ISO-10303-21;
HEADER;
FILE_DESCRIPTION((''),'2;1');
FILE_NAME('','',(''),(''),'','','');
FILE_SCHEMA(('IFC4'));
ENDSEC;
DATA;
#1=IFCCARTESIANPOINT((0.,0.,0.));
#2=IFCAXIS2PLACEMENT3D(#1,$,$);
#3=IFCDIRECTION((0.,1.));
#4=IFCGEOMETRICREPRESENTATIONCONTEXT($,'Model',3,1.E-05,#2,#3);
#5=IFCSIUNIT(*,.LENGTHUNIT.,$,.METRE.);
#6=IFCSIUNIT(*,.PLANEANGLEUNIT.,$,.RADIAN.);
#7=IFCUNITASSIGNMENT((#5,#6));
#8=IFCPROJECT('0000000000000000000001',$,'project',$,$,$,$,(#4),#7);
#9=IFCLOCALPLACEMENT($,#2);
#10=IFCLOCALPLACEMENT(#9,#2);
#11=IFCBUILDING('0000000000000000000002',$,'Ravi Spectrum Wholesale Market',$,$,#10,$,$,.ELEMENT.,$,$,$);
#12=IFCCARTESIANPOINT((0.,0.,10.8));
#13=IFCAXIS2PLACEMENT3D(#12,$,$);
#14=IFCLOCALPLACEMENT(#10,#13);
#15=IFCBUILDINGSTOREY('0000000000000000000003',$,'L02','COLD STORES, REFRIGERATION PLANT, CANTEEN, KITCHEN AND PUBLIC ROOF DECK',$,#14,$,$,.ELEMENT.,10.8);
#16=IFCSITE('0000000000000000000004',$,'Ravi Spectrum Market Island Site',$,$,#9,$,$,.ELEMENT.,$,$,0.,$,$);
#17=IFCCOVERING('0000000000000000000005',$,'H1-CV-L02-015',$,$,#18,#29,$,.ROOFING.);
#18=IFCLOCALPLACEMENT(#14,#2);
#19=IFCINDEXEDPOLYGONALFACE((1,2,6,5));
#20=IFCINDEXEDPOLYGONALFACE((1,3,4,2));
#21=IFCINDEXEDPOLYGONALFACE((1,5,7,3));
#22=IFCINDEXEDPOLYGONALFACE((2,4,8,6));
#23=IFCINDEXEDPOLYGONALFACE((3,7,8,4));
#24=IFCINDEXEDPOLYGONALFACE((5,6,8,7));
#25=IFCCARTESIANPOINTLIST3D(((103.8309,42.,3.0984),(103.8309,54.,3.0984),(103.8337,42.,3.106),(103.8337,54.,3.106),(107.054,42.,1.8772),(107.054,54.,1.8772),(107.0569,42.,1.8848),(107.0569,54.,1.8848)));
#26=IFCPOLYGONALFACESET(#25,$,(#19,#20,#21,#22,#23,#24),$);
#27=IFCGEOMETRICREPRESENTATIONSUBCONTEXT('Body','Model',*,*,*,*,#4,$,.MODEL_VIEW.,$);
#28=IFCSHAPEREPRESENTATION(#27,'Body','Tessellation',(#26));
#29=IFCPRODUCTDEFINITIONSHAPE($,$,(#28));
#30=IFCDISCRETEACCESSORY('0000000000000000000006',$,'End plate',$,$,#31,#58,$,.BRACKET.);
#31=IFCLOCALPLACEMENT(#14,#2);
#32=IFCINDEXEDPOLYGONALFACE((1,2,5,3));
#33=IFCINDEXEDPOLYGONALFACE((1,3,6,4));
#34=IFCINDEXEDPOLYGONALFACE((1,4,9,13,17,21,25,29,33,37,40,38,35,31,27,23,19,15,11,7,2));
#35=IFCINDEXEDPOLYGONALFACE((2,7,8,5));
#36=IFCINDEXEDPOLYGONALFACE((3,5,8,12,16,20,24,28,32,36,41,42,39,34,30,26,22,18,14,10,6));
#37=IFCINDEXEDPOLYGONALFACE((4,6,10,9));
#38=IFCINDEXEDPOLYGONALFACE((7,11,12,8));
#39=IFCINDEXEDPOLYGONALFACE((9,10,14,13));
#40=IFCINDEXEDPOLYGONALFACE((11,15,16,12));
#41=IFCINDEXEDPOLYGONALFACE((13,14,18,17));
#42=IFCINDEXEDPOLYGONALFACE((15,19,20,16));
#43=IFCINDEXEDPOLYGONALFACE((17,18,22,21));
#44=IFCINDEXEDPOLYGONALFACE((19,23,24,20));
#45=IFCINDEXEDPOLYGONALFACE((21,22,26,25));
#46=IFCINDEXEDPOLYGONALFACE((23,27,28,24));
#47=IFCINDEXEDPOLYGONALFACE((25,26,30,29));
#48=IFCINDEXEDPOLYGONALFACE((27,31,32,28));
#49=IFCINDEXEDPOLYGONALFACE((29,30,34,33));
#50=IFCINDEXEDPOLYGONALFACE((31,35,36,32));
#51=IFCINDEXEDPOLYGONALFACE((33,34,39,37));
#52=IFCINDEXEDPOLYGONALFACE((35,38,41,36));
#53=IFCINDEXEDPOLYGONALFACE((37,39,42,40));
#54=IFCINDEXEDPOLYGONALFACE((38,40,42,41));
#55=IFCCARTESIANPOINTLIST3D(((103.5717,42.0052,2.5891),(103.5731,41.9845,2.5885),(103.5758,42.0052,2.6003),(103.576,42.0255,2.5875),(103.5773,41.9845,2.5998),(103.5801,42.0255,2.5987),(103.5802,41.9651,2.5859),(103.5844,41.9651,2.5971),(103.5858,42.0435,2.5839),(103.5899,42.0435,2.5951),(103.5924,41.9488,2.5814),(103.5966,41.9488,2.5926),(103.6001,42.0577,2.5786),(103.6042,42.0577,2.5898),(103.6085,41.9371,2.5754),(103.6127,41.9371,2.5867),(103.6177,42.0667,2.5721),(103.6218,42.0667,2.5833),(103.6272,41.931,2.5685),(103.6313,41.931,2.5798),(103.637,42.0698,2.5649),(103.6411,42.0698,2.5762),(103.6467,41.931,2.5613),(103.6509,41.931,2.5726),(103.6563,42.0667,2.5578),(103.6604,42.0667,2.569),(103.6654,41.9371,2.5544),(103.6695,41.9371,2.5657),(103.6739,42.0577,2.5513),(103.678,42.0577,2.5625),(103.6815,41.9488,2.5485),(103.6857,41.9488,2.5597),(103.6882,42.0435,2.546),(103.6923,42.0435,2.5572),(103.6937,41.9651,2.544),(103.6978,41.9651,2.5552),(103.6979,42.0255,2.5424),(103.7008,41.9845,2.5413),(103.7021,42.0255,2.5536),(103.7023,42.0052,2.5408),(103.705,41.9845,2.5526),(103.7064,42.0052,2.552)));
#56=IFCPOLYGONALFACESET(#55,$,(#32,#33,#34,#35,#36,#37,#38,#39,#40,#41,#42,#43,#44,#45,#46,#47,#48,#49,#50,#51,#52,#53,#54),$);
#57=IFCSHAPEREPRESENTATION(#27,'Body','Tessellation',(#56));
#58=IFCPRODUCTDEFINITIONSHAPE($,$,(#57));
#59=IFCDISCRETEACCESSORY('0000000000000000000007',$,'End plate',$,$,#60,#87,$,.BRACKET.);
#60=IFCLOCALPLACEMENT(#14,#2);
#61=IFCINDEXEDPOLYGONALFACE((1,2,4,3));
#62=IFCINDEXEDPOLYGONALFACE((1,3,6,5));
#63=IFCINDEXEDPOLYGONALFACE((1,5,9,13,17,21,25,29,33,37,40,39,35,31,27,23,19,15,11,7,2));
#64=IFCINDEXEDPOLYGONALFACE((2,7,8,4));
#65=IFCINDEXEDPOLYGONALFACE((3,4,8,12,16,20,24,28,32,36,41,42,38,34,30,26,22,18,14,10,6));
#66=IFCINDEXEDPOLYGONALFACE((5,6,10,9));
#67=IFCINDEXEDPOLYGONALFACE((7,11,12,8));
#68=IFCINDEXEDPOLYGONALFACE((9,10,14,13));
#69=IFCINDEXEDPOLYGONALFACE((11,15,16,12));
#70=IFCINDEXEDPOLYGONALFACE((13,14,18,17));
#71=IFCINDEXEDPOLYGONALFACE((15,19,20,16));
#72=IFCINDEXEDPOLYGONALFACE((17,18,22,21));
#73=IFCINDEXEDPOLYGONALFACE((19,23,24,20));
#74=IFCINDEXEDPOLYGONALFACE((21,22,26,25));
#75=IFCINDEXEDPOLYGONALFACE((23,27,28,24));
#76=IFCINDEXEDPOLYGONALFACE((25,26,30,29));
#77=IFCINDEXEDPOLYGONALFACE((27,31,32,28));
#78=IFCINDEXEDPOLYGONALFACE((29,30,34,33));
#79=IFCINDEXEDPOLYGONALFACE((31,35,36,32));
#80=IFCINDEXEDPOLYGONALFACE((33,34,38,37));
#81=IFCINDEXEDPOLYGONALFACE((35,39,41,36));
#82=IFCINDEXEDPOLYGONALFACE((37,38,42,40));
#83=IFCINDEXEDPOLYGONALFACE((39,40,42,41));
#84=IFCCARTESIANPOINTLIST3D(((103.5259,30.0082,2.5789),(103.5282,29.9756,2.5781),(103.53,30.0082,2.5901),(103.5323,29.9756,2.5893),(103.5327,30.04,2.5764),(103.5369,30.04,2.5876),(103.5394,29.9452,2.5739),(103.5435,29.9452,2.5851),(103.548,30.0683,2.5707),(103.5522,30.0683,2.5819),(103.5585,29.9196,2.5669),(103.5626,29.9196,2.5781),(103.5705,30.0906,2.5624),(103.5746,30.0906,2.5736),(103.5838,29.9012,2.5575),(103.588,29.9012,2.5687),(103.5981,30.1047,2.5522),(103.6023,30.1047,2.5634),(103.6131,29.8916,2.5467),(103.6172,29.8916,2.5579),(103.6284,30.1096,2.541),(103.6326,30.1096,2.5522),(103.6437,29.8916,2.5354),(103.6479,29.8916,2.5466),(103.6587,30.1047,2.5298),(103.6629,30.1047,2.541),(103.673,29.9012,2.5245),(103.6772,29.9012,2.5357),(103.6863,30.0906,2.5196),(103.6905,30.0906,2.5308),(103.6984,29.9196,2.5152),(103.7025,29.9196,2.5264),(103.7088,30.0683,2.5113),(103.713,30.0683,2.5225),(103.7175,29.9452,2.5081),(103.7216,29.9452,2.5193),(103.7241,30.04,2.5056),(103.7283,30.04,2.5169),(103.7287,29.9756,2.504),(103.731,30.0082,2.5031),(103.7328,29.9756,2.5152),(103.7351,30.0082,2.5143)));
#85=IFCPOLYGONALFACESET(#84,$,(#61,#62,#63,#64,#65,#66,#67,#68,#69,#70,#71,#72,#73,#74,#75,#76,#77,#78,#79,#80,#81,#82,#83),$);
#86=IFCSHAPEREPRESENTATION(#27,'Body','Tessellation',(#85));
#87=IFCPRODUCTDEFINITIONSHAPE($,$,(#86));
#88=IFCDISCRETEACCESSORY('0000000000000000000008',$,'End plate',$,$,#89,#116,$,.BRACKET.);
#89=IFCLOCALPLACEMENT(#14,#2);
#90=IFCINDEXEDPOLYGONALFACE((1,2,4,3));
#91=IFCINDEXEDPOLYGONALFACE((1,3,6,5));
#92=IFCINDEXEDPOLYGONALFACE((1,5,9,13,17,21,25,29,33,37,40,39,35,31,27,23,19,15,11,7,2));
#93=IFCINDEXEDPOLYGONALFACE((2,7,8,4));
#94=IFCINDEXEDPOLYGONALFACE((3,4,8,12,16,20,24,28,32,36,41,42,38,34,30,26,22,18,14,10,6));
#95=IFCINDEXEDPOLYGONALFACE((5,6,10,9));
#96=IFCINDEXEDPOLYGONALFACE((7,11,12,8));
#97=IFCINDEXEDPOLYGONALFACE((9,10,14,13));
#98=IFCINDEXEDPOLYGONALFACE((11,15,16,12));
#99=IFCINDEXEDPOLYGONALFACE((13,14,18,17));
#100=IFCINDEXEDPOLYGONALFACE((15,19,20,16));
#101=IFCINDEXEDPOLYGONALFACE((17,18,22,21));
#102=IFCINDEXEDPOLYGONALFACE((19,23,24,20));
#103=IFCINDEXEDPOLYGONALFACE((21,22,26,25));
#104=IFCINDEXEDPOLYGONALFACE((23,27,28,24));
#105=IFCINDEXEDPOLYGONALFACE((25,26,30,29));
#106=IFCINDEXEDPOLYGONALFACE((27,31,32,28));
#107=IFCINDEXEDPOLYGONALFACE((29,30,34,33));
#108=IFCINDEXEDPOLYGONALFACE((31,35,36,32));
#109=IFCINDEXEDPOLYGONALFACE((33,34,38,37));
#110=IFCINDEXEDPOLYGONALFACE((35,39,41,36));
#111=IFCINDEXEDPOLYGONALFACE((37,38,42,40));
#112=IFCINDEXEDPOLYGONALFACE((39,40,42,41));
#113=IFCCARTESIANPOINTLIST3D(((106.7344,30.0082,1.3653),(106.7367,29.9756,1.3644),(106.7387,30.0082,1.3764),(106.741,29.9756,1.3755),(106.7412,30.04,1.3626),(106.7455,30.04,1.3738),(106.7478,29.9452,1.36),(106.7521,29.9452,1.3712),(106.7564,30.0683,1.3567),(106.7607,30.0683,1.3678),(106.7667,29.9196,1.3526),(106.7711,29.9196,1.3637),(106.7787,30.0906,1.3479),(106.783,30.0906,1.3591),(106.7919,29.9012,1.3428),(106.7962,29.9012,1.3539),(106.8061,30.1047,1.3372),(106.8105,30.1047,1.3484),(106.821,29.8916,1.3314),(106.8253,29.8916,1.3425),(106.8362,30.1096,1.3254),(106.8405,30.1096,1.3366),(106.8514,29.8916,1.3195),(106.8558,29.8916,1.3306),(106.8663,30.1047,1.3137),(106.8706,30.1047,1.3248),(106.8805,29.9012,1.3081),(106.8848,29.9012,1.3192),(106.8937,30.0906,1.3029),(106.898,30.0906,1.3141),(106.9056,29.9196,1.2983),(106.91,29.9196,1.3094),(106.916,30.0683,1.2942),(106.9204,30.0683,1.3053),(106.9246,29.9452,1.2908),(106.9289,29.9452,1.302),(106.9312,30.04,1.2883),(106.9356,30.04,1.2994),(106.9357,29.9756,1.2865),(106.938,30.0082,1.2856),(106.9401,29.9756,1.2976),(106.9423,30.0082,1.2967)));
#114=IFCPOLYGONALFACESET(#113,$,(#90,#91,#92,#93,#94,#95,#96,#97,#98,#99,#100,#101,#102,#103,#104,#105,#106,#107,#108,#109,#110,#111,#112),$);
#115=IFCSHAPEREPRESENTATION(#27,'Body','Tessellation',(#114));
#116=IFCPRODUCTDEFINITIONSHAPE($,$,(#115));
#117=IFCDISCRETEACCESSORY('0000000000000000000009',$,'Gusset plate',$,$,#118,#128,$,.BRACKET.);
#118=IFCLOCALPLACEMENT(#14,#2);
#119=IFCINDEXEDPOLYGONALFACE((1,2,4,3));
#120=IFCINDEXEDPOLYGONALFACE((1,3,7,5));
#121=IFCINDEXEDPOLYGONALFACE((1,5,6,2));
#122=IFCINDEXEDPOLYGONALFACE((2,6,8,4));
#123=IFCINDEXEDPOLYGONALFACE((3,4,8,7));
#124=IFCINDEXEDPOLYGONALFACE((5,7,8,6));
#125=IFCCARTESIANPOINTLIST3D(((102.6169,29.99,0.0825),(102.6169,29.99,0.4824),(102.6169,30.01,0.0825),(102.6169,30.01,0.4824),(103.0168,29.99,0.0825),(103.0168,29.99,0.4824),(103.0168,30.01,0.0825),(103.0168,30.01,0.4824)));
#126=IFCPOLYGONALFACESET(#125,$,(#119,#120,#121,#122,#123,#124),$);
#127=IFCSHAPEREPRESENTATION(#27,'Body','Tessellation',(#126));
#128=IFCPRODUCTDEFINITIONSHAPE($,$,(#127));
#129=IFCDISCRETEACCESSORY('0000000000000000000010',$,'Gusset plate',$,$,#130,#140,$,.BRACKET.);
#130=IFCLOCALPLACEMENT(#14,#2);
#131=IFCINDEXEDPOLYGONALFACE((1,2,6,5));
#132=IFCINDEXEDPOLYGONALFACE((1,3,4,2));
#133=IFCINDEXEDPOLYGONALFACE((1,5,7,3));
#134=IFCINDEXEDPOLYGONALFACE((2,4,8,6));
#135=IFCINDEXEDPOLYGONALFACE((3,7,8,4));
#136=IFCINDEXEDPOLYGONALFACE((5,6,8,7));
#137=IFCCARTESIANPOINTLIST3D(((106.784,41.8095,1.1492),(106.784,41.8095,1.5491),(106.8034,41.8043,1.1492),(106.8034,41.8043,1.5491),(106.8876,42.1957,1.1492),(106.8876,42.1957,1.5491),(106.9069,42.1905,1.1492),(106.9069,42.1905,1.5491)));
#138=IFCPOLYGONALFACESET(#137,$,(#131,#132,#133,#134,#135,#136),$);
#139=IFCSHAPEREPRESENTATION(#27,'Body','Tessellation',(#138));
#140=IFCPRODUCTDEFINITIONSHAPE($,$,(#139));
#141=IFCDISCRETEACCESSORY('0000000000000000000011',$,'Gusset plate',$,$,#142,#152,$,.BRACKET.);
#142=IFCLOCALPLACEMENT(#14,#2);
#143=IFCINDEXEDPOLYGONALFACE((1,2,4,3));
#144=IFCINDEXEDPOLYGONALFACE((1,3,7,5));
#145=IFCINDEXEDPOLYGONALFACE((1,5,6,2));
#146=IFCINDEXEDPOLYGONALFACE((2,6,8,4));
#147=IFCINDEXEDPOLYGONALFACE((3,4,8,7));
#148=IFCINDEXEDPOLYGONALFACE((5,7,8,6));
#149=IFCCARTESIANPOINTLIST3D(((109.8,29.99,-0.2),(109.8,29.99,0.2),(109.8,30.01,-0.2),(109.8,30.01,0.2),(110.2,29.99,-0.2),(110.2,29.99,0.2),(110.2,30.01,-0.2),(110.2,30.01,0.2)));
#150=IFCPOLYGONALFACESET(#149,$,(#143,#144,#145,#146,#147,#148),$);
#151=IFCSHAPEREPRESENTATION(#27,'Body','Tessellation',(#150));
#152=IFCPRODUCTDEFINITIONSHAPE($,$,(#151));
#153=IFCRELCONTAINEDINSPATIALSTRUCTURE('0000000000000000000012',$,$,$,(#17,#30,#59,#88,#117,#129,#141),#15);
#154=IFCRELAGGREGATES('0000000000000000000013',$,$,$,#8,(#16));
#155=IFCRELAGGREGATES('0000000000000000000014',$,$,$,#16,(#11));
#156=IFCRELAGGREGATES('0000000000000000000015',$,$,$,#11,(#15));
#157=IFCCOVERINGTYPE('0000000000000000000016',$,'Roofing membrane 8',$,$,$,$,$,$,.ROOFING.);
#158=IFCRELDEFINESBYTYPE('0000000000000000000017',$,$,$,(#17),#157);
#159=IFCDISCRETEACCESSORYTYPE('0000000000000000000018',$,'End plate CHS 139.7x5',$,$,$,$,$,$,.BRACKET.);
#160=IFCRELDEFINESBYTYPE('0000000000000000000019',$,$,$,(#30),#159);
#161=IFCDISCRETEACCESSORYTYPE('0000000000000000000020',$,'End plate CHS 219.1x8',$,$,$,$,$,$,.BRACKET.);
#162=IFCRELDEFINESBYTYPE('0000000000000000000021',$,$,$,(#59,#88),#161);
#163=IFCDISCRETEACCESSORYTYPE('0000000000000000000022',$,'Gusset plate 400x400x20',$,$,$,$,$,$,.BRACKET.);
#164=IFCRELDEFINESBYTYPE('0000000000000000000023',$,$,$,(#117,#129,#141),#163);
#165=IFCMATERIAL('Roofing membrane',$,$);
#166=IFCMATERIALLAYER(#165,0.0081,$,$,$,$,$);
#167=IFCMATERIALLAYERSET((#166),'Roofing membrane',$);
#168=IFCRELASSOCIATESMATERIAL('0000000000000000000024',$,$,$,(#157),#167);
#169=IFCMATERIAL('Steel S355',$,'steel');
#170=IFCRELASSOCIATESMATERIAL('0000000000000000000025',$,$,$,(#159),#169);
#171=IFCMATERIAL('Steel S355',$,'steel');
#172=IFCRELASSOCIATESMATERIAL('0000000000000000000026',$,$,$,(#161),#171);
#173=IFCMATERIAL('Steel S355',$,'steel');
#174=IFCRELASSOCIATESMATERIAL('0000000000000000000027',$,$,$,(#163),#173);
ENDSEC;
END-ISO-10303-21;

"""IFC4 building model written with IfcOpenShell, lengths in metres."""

from ifc_helpers import new_model, si_unit, direction, frame, origin, origin_2d, place, context, subcontext, project, spatial, polyline, rectangle, circle, outline, extrude, material, layer, layer_set, material_profile, profile_set, type_object, element, save


model = new_model("IFC4")

# Units and contexts
model_context = context("Model", 3, precision=1e-05, world=origin(), true_north=direction((0.0, 1.0)))
body_context = subcontext(model_context, "Body", "Model", "MODEL_VIEW")
ifc_project = project(units=[si_unit("LENGTHUNIT", "METRE"), si_unit("PLANEANGLEUNIT", "RADIAN")], contexts=[model_context])

# Site, building, storey
site_placement = place(None, origin())
site = spatial("IfcSite", under=ifc_project, at=site_placement, Name="Ravi Spectrum Market Island Site", CompositionType="ELEMENT", RefElevation=0.0)
building_placement = place(site_placement, origin())
building = spatial("IfcBuilding", under=site, at=building_placement, Name="Ravi Spectrum Wholesale Market", CompositionType="ELEMENT")
storey_placement = place(building_placement, frame((0.0, 0.0, 10.8)))
storey = spatial("IfcBuildingStorey", under=building, at=storey_placement, Name="L02", Description="COLD STORES, REFRIGERATION PLANT, CANTEEN, KITCHEN AND PUBLIC ROOF DECK", CompositionType="ELEMENT", Elevation=10.8)

# Covering
ifc_material_1 = material(Name="Roofing membrane")
ifc_layer_1 = layer(ifc_material_1, 0.0081)
ifc_layer_set_1 = layer_set([ifc_layer_1], Name="Roofing membrane")
covering_type = type_object("IfcCoveringType", Name="Roofing membrane 8", PredefinedType="ROOFING", material=ifc_layer_set_1)
covering_1_placement = place(storey_placement, frame((103.8337, 42.0, 3.106), z_axis=(0.354304, 0.0, 0.93513), x_axis=(0.93513, 0.0, -0.354304)))
element("IfcCovering", 1, at=covering_1_placement, inside=storey, type_object=covering_type, Name="H1-CV-L02-015", PredefinedType="ROOFING", context=body_context, shape_type="SweptSolid", body=[
    extrude(outline(polyline([(0.0, 0.0), (3.4467, 0.0), (3.4467, 12.0), (0.0, 12.0), (0.0, 0.0)])), origin(), (0.0, 0.0, -1.0), 0.0081),
])

# Discrete accessories
ifc_material_2 = material(Name="Steel S355", Category="steel")
ifc_material_profile_1 = material_profile(ifc_material_2, circle(Radius=0.0698, at=origin_2d()))
ifc_profile_set_1 = profile_set([ifc_material_profile_1], Name="Steel S355")
discrete_accessory_type_1 = type_object("IfcDiscreteAccessoryType", Name="End plate CHS 139.7x5", PredefinedType="BRACKET", material=ifc_profile_set_1)
discrete_accessory_placement = place(storey_placement, frame((103.637, 42.0, 2.5649), z_axis=(0.34665, 0.0, 0.937994), x_axis=(0.0, 1.0, 0.0)))
element("IfcDiscreteAccessory", 2, at=discrete_accessory_placement, inside=storey, type_object=discrete_accessory_type_1, Name="End plate", PredefinedType="BRACKET", context=body_context, shape_type="SweptSolid", body=[
    extrude(circle(Radius=0.0698, at=origin_2d()), origin(), (0.0, 0.0, 1.0), 0.012),
])
ifc_material_3 = material(Name="Steel S355", Category="steel")
ifc_material_profile_2 = material_profile(ifc_material_3, circle(Radius=0.1096, at=origin_2d()))
ifc_profile_set_2 = profile_set([ifc_material_profile_2], Name="Steel S355")
discrete_accessory_type_2 = type_object("IfcDiscreteAccessoryType", Name="End plate CHS 219.1x8", PredefinedType="BRACKET", material=ifc_profile_set_2)
for number, where, z_axis, x_axis, name in (
    (3, (103.6284, 30.0, 2.541), (0.34665, 0.0, 0.937994), (0.0, 1.0, 0.0), "End plate"),
    (4, (106.8362, 30.0, 1.3254), (0.364399, 0.0, 0.931243), (0.0, 1.0, 0.0), "End plate"),
):
    element("IfcDiscreteAccessory", number, at=place(storey_placement, frame(where, z_axis=z_axis, x_axis=x_axis)), inside=storey, type_object=discrete_accessory_type_2, Name=name, PredefinedType="BRACKET", context=body_context, shape_type="SweptSolid", body=[
        extrude(circle(Radius=0.1096, at=origin_2d()), origin(), (0.0, 0.0, 1.0), 0.012),
    ])
ifc_material_4 = material(Name="Steel S355", Category="steel")
ifc_material_profile_3 = material_profile(ifc_material_4, rectangle(XDim=0.3999, YDim=0.02, at=origin_2d()))
ifc_profile_set_3 = profile_set([ifc_material_profile_3], Name="Steel S355")
discrete_accessory_type_3 = type_object("IfcDiscreteAccessoryType", Name="Gusset plate 400x400x20", PredefinedType="BRACKET", material=ifc_profile_set_3)
for number, where, z_axis, x_axis, name in (
    (5, (102.8169, 30.0, 0.0825), (0.0, 0.0, 1.0), (-1.0, 0.0, 0.0), "Gusset plate"),
    (6, (106.8455, 42.0, 1.1492), (0.0, 0.0, 1.0), (0.258949, 0.965891, 0.0), "Gusset plate"),
    (7, (110.0, 30.0, -0.2), (0.0, 0.0, 1.0), (1.0, 0.0, 0.0), "Gusset plate"),
):
    element("IfcDiscreteAccessory", number, at=place(storey_placement, frame(where, z_axis=z_axis, x_axis=x_axis)), inside=storey, type_object=discrete_accessory_type_3, Name=name, PredefinedType="BRACKET", context=body_context, shape_type="SweptSolid", body=[
        extrude(rectangle(XDim=0.3999, YDim=0.02, at=origin_2d()), origin(), (0.0, 0.0, 1.0), 0.3999),
    ])

save(model, "model.ifc")
